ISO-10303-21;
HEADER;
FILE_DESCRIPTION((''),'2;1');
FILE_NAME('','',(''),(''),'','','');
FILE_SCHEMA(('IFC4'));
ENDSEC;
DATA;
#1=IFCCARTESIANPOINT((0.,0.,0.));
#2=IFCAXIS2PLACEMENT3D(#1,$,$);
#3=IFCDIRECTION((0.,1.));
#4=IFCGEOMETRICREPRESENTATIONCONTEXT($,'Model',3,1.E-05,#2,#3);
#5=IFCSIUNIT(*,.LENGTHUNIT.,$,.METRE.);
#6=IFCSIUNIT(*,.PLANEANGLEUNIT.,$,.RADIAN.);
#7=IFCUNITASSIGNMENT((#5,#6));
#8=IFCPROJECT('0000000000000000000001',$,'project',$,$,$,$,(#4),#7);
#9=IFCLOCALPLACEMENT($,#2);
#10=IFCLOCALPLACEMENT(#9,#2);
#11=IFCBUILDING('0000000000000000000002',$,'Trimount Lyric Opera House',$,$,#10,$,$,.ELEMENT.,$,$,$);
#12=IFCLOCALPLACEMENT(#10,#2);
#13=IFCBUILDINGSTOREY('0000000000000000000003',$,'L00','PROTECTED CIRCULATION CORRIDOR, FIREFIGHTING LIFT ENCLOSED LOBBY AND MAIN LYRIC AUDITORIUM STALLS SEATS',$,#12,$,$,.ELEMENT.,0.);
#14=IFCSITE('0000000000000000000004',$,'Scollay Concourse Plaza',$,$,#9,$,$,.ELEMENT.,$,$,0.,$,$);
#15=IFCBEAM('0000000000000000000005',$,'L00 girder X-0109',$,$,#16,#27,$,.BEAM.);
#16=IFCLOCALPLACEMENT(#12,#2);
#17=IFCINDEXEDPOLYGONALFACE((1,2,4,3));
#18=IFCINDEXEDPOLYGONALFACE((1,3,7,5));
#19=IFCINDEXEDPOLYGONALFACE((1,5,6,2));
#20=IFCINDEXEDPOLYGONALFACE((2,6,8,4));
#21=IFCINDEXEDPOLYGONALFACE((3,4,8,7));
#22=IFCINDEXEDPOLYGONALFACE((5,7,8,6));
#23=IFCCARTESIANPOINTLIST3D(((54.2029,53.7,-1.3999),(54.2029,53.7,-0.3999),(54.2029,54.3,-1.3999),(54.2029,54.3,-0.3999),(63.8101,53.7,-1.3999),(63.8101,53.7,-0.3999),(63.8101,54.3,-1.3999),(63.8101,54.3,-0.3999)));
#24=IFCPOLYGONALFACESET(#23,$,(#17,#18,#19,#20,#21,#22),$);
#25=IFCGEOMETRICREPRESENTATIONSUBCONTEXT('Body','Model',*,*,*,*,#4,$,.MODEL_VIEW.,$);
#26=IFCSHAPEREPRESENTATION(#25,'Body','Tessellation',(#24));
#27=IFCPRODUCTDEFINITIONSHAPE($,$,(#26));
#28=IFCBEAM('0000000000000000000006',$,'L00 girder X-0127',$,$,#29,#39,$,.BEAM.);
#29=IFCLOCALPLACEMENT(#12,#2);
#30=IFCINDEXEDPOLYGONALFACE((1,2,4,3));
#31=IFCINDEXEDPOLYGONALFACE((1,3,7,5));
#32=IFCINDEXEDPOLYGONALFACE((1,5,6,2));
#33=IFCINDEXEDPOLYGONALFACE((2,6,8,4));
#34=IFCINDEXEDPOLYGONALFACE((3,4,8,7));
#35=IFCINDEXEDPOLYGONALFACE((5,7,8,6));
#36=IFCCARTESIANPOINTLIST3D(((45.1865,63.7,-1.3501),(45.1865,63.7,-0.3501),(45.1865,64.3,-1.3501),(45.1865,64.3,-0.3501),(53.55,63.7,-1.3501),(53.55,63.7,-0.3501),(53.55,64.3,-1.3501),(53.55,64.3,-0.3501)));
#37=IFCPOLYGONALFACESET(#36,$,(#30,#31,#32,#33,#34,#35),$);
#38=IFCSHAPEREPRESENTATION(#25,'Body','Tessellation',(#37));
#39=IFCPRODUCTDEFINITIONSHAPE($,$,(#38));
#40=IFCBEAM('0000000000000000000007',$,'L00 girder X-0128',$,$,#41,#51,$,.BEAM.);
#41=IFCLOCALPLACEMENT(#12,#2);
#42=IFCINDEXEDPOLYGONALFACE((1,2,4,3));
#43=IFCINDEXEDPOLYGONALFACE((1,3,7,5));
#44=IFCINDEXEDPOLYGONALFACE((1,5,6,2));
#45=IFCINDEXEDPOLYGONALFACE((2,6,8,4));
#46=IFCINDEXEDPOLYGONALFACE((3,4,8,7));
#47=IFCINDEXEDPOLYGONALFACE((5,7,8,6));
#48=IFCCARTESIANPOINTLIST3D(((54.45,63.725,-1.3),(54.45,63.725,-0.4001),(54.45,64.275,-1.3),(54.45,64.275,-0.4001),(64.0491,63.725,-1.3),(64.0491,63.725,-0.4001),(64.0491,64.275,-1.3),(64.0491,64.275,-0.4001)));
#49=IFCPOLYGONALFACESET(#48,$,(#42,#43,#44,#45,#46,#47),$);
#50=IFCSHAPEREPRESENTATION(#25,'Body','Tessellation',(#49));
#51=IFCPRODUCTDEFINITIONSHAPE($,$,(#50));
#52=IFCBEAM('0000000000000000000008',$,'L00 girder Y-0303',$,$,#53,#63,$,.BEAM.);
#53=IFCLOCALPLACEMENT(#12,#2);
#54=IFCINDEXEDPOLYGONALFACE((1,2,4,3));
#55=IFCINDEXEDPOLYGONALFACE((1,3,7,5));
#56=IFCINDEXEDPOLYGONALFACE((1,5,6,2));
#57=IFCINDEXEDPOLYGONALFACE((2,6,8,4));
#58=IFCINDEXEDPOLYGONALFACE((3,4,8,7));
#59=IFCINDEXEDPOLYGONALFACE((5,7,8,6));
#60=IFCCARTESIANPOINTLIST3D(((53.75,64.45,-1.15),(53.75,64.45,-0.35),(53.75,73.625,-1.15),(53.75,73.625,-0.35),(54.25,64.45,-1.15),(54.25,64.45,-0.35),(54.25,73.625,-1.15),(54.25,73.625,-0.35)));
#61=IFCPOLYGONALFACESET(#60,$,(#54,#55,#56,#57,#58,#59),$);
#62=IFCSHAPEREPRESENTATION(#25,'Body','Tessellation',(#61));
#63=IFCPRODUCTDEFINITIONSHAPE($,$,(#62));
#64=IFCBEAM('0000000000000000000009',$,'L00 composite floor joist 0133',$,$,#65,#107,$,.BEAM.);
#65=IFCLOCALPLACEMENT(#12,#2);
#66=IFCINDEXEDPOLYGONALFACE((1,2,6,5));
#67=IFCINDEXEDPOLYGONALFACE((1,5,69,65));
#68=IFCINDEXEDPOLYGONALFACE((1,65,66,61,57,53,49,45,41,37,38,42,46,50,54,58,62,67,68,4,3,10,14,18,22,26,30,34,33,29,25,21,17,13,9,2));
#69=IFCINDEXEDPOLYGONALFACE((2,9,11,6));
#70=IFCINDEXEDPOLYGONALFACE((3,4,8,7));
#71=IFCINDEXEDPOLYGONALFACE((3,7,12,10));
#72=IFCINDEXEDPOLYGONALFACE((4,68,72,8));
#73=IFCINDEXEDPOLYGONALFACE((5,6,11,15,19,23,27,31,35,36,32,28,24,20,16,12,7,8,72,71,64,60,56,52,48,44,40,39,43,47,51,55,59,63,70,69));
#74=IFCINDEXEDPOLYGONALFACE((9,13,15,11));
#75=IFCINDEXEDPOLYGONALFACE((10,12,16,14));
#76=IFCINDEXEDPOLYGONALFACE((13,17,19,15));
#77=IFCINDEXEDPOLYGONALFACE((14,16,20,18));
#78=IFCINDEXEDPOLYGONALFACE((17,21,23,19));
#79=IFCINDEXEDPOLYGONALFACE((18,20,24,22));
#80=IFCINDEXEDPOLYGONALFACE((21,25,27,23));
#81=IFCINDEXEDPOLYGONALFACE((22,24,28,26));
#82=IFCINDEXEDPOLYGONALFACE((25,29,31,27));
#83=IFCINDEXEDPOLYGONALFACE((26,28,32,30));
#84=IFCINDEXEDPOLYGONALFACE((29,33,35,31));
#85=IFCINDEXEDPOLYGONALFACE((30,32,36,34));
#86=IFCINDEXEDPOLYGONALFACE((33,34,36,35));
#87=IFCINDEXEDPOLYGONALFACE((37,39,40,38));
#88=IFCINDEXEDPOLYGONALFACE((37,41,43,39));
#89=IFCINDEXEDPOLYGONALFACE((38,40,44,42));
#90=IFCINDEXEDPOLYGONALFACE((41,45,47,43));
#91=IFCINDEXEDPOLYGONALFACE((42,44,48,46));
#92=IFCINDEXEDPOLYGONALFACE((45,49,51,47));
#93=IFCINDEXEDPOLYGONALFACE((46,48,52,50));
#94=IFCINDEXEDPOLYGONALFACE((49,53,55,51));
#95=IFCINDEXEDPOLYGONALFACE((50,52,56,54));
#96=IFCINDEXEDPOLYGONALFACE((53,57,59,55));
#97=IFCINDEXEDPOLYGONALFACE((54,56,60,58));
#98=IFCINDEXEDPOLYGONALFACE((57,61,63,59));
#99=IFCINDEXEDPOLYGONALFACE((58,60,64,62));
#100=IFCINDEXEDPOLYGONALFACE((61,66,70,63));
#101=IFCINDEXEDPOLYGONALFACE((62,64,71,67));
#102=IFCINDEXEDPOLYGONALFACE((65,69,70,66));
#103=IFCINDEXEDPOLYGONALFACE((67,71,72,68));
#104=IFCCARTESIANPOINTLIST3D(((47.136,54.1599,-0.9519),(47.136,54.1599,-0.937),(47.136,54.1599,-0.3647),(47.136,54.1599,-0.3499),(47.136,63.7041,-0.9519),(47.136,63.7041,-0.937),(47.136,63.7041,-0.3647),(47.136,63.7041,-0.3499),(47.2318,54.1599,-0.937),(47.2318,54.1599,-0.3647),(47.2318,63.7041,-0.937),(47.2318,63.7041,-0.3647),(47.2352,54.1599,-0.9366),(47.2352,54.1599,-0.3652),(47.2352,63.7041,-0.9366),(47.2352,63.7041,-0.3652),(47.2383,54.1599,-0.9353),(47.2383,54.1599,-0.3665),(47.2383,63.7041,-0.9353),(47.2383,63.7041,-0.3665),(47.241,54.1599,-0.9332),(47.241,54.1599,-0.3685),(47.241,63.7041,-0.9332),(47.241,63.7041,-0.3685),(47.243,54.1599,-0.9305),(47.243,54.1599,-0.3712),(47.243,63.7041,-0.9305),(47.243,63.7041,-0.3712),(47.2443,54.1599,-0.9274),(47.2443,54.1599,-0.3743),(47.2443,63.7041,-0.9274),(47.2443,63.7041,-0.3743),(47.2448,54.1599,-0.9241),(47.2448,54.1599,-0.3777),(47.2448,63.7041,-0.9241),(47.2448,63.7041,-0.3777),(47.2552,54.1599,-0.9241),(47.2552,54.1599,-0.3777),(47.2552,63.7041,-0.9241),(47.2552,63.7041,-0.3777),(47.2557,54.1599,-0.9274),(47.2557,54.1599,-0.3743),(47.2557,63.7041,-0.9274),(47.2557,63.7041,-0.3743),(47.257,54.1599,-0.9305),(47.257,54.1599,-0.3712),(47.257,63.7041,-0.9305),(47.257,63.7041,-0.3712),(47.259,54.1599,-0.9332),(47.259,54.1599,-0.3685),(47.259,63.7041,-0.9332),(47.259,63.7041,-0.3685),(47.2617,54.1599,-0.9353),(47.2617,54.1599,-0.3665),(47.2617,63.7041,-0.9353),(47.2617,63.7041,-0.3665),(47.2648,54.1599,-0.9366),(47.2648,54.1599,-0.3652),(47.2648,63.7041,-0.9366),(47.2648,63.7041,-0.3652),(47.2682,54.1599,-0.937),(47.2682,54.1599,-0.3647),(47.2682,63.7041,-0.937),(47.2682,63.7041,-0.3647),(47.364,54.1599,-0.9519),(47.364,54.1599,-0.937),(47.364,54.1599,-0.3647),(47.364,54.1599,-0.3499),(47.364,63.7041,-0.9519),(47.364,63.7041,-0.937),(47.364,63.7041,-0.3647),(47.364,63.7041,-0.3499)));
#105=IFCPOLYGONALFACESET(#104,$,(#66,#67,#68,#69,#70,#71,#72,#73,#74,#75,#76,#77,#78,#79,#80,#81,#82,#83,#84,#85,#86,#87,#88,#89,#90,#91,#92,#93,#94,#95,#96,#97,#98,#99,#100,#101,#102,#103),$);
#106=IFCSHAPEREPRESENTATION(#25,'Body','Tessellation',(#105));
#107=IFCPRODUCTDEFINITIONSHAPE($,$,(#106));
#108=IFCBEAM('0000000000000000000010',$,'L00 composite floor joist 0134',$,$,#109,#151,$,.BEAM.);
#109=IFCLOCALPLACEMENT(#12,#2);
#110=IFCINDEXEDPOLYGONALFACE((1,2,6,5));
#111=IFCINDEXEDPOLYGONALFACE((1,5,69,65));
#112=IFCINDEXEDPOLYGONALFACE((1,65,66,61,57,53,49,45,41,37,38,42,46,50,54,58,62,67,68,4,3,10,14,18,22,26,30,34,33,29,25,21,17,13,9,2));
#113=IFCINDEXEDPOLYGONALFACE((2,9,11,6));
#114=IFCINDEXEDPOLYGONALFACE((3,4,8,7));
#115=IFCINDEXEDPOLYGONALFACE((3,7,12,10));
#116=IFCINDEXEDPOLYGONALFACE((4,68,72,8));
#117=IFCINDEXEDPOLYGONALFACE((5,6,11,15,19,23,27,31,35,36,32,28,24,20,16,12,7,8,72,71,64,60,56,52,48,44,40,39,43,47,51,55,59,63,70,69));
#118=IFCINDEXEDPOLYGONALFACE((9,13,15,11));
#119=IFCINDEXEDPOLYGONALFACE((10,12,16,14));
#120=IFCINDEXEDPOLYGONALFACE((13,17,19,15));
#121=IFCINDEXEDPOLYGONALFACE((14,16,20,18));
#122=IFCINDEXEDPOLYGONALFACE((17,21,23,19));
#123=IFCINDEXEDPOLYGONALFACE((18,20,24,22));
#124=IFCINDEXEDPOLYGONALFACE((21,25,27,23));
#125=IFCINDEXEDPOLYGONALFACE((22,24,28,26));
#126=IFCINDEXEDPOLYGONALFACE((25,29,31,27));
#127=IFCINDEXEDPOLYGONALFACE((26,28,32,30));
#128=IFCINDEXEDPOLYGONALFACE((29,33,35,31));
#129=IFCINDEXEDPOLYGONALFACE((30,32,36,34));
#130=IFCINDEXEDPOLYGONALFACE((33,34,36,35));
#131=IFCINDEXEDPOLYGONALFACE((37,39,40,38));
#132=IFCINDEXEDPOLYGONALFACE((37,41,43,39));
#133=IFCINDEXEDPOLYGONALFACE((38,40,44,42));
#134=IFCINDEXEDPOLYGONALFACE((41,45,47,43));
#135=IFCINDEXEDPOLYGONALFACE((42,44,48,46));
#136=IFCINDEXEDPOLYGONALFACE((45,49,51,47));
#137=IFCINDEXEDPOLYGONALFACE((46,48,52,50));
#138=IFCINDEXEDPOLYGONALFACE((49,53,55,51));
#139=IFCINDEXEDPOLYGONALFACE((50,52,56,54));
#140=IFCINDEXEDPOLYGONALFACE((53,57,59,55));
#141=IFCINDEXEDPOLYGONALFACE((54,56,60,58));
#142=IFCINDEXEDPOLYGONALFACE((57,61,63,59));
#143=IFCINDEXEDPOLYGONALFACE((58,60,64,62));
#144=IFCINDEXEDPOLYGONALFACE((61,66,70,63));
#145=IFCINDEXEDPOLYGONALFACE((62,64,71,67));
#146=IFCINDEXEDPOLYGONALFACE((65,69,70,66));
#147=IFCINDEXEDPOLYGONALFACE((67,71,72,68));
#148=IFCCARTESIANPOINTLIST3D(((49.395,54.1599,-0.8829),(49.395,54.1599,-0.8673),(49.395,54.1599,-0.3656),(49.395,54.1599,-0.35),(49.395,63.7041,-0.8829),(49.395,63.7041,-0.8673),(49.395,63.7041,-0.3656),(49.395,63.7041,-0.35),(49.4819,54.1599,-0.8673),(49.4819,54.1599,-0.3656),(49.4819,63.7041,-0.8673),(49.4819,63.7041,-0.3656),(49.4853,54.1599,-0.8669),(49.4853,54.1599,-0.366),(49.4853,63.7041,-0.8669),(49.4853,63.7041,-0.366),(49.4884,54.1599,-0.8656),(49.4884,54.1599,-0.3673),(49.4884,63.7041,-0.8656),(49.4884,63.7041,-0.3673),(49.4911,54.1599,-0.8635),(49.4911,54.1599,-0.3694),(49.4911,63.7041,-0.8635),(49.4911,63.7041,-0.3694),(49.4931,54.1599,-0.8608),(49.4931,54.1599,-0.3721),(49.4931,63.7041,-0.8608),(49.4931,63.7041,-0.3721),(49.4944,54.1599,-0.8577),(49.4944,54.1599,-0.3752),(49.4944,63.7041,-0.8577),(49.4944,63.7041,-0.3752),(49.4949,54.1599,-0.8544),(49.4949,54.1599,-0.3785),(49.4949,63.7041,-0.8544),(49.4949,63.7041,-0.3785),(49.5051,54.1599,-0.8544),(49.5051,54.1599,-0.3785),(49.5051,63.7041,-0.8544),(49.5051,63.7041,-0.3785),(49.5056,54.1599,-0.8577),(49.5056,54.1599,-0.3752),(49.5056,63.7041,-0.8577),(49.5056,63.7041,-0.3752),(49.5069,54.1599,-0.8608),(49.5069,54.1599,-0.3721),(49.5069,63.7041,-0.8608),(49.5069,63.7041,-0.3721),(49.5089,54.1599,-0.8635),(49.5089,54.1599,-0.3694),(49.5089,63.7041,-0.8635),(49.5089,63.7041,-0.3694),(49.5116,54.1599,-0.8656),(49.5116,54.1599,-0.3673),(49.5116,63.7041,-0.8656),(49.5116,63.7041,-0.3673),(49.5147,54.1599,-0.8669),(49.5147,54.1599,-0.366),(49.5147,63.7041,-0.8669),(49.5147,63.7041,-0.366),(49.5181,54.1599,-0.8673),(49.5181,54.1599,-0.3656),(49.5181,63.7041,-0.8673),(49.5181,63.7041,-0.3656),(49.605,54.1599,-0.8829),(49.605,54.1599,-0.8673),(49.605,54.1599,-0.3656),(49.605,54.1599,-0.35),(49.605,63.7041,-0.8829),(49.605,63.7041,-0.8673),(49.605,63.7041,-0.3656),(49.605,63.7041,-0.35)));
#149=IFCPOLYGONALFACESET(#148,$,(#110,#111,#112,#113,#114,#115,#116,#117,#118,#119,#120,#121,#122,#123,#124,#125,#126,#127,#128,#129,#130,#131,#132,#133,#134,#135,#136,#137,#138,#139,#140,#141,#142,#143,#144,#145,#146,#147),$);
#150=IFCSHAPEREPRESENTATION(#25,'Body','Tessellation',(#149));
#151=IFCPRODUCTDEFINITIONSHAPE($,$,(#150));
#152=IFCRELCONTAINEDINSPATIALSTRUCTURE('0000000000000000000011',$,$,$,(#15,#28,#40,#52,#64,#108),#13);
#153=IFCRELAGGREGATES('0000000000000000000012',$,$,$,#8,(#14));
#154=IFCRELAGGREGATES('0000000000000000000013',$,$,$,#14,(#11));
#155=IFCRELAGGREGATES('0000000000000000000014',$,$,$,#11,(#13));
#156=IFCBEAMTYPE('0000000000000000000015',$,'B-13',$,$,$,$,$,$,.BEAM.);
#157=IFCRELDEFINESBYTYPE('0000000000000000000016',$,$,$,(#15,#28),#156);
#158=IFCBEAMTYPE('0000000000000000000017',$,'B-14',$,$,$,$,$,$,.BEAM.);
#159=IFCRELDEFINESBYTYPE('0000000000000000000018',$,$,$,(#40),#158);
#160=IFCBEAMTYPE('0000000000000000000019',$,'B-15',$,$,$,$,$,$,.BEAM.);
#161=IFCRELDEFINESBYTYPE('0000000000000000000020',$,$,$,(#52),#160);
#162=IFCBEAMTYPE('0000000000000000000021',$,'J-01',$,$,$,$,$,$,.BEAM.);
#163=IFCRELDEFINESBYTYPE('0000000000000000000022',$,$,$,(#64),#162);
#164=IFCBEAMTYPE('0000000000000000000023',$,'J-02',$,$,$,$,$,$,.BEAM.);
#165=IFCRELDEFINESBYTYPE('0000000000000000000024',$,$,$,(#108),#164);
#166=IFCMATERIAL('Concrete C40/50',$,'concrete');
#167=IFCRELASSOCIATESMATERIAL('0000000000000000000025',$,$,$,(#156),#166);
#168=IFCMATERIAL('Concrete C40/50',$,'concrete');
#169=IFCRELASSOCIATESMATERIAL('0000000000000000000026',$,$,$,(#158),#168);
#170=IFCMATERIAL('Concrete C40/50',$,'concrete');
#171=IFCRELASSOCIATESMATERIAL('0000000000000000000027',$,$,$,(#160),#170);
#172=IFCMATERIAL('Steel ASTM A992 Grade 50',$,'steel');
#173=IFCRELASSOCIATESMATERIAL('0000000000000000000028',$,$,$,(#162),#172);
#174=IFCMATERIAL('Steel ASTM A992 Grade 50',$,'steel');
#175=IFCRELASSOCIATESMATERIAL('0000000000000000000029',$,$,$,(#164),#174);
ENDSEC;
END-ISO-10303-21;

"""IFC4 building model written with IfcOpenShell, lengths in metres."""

from ifc_helpers import new_model, si_unit, direction, frame, origin, origin_2d, place, context, subcontext, project, spatial, rectangle, i_section, extrude, material, material_profile, profile_set, type_object, element, save


model = new_model("IFC4")

# Units and contexts
model_context = context("Model", 3, precision=1e-05, world=origin(), true_north=direction((0.0, 1.0)))
body_context = subcontext(model_context, "Body", "Model", "MODEL_VIEW")
ifc_project = project(units=[si_unit("LENGTHUNIT", "METRE"), si_unit("PLANEANGLEUNIT", "RADIAN")], contexts=[model_context])

# Site, building, storey
site_placement = place(None, origin())
site = spatial("IfcSite", under=ifc_project, at=site_placement, Name="Scollay Concourse Plaza", CompositionType="ELEMENT", RefElevation=0.0)
building_placement = place(site_placement, origin())
building = spatial("IfcBuilding", under=site, at=building_placement, Name="Trimount Lyric Opera House", CompositionType="ELEMENT")
storey_placement = place(building_placement, origin())
storey = spatial("IfcBuildingStorey", under=building, at=storey_placement, Name="L00", Description="PROTECTED CIRCULATION CORRIDOR, FIREFIGHTING LIFT ENCLOSED LOBBY AND MAIN LYRIC AUDITORIUM STALLS SEATS", CompositionType="ELEMENT", Elevation=0.0)

# Beams
ifc_material_1 = material(Name="Concrete C40/50", Category="concrete")
ifc_material_profile_1 = material_profile(ifc_material_1, rectangle(XDim=0.6001, YDim=1.0, at=origin_2d()), Name="RC600X1000")
ifc_profile_set_1 = profile_set([ifc_material_profile_1], Name="Concrete C40/50")
beam_type_1 = type_object("IfcBeamType", Name="B-13", PredefinedType="BEAM", material=ifc_profile_set_1)
beam_1_placement = place(storey_placement, frame((54.2029, 54.0, -0.8999), z_axis=(1.0, 0.0, 0.0), x_axis=(0.0, 1.0, 0.0)))
element("IfcBeam", 1, at=beam_1_placement, inside=storey, type_object=beam_type_1, Name="L00 girder X-0109", PredefinedType="BEAM", context=body_context, shape_type="SweptSolid", body=[
    extrude(rectangle(XDim=0.6001, YDim=1.0, at=origin_2d()), origin(), (0.0, 0.0, 1.0), 9.6072),
])
beam_2_placement = place(storey_placement, frame((45.1865, 64.0, -0.8501), z_axis=(1.0, 0.0, 0.0), x_axis=(0.0, 1.0, 0.0)))
element("IfcBeam", 2, at=beam_2_placement, inside=storey, type_object=beam_type_1, Name="L00 girder X-0127", PredefinedType="BEAM", context=body_context, shape_type="SweptSolid", body=[
    extrude(rectangle(XDim=0.6001, YDim=1.0, at=origin_2d()), origin(), (0.0, 0.0, 1.0), 8.3635),
])
ifc_material_2 = material(Name="Concrete C40/50", Category="concrete")
ifc_material_profile_2 = material_profile(ifc_material_2, rectangle(XDim=0.55, YDim=0.8999, at=origin_2d()), Name="RC550X900")
ifc_profile_set_2 = profile_set([ifc_material_profile_2], Name="Concrete C40/50")
beam_type_2 = type_object("IfcBeamType", Name="B-14", PredefinedType="BEAM", material=ifc_profile_set_2)
beam_3_placement = place(storey_placement, frame((54.45, 64.0, -0.8501), z_axis=(1.0, 0.0, 0.0), x_axis=(0.0, 1.0, 0.0)))
element("IfcBeam", 3, at=beam_3_placement, inside=storey, type_object=beam_type_2, Name="L00 girder X-0128", PredefinedType="BEAM", context=body_context, shape_type="SweptSolid", body=[
    extrude(rectangle(XDim=0.55, YDim=0.8999, at=origin_2d()), origin(), (0.0, 0.0, 1.0), 9.5991),
])
ifc_material_3 = material(Name="Concrete C40/50", Category="concrete")
ifc_material_profile_3 = material_profile(ifc_material_3, rectangle(XDim=0.5, YDim=0.8, at=origin_2d()), Name="RC500X800")
ifc_profile_set_3 = profile_set([ifc_material_profile_3], Name="Concrete C40/50")
beam_type_3 = type_object("IfcBeamType", Name="B-15", PredefinedType="BEAM", material=ifc_profile_set_3)
beam_4_placement = place(storey_placement, frame((54.0, 64.45, -0.75), z_axis=(0.0, 1.0, 0.0), x_axis=(-1.0, 0.0, 0.0)))
element("IfcBeam", 4, at=beam_4_placement, inside=storey, type_object=beam_type_3, Name="L00 girder Y-0303", PredefinedType="BEAM", context=body_context, shape_type="SweptSolid", body=[
    extrude(rectangle(XDim=0.5, YDim=0.8, at=origin_2d()), origin(), (0.0, 0.0, 1.0), 9.175),
])
ifc_material_4 = material(Name="Steel ASTM A992 Grade 50", Category="steel")
ifc_material_profile_4 = material_profile(ifc_material_4, i_section(OverallWidth=0.228, OverallDepth=0.6021, WebThickness=0.0105, FlangeThickness=0.0149, FilletRadius=0.0129, at=origin_2d()), Name="W24X68")
ifc_profile_set_4 = profile_set([ifc_material_profile_4], Name="Steel ASTM A992 Grade 50")
beam_type_4 = type_object("IfcBeamType", Name="J-01", PredefinedType="BEAM", material=ifc_profile_set_4)
beam_5_placement = place(storey_placement, frame((47.25, 54.1599, -0.6509), z_axis=(0.0, 1.0, 0.0), x_axis=(-1.0, 0.0, 0.0)))
element("IfcBeam", 5, at=beam_5_placement, inside=storey, type_object=beam_type_4, Name="L00 composite floor joist 0133", PredefinedType="BEAM", context=body_context, shape_type="SweptSolid", body=[
    extrude(i_section(OverallWidth=0.228, OverallDepth=0.6021, WebThickness=0.0105, FlangeThickness=0.0149, FilletRadius=0.0129, at=origin_2d()), origin(), (0.0, 0.0, 1.0), 9.5442),
])
ifc_material_5 = material(Name="Steel ASTM A992 Grade 50", Category="steel")
ifc_material_profile_5 = material_profile(ifc_material_5, i_section(OverallWidth=0.21, OverallDepth=0.533, WebThickness=0.0103, FlangeThickness=0.0156, FilletRadius=0.0129, at=origin_2d()), Name="W21X62")
ifc_profile_set_5 = profile_set([ifc_material_profile_5], Name="Steel ASTM A992 Grade 50")
beam_type_5 = type_object("IfcBeamType", Name="J-02", PredefinedType="BEAM", material=ifc_profile_set_5)
beam_6_placement = place(storey_placement, frame((49.5, 54.1599, -0.6165), z_axis=(0.0, 1.0, 0.0), x_axis=(-1.0, 0.0, 0.0)))
element("IfcBeam", 6, at=beam_6_placement, inside=storey, type_object=beam_type_5, Name="L00 composite floor joist 0134", PredefinedType="BEAM", context=body_context, shape_type="SweptSolid", body=[
    extrude(i_section(OverallWidth=0.21, OverallDepth=0.533, WebThickness=0.0103, FlangeThickness=0.0156, FilletRadius=0.0129, at=origin_2d()), origin(), (0.0, 0.0, 1.0), 9.5442),
])

save(model, "model.ifc")
